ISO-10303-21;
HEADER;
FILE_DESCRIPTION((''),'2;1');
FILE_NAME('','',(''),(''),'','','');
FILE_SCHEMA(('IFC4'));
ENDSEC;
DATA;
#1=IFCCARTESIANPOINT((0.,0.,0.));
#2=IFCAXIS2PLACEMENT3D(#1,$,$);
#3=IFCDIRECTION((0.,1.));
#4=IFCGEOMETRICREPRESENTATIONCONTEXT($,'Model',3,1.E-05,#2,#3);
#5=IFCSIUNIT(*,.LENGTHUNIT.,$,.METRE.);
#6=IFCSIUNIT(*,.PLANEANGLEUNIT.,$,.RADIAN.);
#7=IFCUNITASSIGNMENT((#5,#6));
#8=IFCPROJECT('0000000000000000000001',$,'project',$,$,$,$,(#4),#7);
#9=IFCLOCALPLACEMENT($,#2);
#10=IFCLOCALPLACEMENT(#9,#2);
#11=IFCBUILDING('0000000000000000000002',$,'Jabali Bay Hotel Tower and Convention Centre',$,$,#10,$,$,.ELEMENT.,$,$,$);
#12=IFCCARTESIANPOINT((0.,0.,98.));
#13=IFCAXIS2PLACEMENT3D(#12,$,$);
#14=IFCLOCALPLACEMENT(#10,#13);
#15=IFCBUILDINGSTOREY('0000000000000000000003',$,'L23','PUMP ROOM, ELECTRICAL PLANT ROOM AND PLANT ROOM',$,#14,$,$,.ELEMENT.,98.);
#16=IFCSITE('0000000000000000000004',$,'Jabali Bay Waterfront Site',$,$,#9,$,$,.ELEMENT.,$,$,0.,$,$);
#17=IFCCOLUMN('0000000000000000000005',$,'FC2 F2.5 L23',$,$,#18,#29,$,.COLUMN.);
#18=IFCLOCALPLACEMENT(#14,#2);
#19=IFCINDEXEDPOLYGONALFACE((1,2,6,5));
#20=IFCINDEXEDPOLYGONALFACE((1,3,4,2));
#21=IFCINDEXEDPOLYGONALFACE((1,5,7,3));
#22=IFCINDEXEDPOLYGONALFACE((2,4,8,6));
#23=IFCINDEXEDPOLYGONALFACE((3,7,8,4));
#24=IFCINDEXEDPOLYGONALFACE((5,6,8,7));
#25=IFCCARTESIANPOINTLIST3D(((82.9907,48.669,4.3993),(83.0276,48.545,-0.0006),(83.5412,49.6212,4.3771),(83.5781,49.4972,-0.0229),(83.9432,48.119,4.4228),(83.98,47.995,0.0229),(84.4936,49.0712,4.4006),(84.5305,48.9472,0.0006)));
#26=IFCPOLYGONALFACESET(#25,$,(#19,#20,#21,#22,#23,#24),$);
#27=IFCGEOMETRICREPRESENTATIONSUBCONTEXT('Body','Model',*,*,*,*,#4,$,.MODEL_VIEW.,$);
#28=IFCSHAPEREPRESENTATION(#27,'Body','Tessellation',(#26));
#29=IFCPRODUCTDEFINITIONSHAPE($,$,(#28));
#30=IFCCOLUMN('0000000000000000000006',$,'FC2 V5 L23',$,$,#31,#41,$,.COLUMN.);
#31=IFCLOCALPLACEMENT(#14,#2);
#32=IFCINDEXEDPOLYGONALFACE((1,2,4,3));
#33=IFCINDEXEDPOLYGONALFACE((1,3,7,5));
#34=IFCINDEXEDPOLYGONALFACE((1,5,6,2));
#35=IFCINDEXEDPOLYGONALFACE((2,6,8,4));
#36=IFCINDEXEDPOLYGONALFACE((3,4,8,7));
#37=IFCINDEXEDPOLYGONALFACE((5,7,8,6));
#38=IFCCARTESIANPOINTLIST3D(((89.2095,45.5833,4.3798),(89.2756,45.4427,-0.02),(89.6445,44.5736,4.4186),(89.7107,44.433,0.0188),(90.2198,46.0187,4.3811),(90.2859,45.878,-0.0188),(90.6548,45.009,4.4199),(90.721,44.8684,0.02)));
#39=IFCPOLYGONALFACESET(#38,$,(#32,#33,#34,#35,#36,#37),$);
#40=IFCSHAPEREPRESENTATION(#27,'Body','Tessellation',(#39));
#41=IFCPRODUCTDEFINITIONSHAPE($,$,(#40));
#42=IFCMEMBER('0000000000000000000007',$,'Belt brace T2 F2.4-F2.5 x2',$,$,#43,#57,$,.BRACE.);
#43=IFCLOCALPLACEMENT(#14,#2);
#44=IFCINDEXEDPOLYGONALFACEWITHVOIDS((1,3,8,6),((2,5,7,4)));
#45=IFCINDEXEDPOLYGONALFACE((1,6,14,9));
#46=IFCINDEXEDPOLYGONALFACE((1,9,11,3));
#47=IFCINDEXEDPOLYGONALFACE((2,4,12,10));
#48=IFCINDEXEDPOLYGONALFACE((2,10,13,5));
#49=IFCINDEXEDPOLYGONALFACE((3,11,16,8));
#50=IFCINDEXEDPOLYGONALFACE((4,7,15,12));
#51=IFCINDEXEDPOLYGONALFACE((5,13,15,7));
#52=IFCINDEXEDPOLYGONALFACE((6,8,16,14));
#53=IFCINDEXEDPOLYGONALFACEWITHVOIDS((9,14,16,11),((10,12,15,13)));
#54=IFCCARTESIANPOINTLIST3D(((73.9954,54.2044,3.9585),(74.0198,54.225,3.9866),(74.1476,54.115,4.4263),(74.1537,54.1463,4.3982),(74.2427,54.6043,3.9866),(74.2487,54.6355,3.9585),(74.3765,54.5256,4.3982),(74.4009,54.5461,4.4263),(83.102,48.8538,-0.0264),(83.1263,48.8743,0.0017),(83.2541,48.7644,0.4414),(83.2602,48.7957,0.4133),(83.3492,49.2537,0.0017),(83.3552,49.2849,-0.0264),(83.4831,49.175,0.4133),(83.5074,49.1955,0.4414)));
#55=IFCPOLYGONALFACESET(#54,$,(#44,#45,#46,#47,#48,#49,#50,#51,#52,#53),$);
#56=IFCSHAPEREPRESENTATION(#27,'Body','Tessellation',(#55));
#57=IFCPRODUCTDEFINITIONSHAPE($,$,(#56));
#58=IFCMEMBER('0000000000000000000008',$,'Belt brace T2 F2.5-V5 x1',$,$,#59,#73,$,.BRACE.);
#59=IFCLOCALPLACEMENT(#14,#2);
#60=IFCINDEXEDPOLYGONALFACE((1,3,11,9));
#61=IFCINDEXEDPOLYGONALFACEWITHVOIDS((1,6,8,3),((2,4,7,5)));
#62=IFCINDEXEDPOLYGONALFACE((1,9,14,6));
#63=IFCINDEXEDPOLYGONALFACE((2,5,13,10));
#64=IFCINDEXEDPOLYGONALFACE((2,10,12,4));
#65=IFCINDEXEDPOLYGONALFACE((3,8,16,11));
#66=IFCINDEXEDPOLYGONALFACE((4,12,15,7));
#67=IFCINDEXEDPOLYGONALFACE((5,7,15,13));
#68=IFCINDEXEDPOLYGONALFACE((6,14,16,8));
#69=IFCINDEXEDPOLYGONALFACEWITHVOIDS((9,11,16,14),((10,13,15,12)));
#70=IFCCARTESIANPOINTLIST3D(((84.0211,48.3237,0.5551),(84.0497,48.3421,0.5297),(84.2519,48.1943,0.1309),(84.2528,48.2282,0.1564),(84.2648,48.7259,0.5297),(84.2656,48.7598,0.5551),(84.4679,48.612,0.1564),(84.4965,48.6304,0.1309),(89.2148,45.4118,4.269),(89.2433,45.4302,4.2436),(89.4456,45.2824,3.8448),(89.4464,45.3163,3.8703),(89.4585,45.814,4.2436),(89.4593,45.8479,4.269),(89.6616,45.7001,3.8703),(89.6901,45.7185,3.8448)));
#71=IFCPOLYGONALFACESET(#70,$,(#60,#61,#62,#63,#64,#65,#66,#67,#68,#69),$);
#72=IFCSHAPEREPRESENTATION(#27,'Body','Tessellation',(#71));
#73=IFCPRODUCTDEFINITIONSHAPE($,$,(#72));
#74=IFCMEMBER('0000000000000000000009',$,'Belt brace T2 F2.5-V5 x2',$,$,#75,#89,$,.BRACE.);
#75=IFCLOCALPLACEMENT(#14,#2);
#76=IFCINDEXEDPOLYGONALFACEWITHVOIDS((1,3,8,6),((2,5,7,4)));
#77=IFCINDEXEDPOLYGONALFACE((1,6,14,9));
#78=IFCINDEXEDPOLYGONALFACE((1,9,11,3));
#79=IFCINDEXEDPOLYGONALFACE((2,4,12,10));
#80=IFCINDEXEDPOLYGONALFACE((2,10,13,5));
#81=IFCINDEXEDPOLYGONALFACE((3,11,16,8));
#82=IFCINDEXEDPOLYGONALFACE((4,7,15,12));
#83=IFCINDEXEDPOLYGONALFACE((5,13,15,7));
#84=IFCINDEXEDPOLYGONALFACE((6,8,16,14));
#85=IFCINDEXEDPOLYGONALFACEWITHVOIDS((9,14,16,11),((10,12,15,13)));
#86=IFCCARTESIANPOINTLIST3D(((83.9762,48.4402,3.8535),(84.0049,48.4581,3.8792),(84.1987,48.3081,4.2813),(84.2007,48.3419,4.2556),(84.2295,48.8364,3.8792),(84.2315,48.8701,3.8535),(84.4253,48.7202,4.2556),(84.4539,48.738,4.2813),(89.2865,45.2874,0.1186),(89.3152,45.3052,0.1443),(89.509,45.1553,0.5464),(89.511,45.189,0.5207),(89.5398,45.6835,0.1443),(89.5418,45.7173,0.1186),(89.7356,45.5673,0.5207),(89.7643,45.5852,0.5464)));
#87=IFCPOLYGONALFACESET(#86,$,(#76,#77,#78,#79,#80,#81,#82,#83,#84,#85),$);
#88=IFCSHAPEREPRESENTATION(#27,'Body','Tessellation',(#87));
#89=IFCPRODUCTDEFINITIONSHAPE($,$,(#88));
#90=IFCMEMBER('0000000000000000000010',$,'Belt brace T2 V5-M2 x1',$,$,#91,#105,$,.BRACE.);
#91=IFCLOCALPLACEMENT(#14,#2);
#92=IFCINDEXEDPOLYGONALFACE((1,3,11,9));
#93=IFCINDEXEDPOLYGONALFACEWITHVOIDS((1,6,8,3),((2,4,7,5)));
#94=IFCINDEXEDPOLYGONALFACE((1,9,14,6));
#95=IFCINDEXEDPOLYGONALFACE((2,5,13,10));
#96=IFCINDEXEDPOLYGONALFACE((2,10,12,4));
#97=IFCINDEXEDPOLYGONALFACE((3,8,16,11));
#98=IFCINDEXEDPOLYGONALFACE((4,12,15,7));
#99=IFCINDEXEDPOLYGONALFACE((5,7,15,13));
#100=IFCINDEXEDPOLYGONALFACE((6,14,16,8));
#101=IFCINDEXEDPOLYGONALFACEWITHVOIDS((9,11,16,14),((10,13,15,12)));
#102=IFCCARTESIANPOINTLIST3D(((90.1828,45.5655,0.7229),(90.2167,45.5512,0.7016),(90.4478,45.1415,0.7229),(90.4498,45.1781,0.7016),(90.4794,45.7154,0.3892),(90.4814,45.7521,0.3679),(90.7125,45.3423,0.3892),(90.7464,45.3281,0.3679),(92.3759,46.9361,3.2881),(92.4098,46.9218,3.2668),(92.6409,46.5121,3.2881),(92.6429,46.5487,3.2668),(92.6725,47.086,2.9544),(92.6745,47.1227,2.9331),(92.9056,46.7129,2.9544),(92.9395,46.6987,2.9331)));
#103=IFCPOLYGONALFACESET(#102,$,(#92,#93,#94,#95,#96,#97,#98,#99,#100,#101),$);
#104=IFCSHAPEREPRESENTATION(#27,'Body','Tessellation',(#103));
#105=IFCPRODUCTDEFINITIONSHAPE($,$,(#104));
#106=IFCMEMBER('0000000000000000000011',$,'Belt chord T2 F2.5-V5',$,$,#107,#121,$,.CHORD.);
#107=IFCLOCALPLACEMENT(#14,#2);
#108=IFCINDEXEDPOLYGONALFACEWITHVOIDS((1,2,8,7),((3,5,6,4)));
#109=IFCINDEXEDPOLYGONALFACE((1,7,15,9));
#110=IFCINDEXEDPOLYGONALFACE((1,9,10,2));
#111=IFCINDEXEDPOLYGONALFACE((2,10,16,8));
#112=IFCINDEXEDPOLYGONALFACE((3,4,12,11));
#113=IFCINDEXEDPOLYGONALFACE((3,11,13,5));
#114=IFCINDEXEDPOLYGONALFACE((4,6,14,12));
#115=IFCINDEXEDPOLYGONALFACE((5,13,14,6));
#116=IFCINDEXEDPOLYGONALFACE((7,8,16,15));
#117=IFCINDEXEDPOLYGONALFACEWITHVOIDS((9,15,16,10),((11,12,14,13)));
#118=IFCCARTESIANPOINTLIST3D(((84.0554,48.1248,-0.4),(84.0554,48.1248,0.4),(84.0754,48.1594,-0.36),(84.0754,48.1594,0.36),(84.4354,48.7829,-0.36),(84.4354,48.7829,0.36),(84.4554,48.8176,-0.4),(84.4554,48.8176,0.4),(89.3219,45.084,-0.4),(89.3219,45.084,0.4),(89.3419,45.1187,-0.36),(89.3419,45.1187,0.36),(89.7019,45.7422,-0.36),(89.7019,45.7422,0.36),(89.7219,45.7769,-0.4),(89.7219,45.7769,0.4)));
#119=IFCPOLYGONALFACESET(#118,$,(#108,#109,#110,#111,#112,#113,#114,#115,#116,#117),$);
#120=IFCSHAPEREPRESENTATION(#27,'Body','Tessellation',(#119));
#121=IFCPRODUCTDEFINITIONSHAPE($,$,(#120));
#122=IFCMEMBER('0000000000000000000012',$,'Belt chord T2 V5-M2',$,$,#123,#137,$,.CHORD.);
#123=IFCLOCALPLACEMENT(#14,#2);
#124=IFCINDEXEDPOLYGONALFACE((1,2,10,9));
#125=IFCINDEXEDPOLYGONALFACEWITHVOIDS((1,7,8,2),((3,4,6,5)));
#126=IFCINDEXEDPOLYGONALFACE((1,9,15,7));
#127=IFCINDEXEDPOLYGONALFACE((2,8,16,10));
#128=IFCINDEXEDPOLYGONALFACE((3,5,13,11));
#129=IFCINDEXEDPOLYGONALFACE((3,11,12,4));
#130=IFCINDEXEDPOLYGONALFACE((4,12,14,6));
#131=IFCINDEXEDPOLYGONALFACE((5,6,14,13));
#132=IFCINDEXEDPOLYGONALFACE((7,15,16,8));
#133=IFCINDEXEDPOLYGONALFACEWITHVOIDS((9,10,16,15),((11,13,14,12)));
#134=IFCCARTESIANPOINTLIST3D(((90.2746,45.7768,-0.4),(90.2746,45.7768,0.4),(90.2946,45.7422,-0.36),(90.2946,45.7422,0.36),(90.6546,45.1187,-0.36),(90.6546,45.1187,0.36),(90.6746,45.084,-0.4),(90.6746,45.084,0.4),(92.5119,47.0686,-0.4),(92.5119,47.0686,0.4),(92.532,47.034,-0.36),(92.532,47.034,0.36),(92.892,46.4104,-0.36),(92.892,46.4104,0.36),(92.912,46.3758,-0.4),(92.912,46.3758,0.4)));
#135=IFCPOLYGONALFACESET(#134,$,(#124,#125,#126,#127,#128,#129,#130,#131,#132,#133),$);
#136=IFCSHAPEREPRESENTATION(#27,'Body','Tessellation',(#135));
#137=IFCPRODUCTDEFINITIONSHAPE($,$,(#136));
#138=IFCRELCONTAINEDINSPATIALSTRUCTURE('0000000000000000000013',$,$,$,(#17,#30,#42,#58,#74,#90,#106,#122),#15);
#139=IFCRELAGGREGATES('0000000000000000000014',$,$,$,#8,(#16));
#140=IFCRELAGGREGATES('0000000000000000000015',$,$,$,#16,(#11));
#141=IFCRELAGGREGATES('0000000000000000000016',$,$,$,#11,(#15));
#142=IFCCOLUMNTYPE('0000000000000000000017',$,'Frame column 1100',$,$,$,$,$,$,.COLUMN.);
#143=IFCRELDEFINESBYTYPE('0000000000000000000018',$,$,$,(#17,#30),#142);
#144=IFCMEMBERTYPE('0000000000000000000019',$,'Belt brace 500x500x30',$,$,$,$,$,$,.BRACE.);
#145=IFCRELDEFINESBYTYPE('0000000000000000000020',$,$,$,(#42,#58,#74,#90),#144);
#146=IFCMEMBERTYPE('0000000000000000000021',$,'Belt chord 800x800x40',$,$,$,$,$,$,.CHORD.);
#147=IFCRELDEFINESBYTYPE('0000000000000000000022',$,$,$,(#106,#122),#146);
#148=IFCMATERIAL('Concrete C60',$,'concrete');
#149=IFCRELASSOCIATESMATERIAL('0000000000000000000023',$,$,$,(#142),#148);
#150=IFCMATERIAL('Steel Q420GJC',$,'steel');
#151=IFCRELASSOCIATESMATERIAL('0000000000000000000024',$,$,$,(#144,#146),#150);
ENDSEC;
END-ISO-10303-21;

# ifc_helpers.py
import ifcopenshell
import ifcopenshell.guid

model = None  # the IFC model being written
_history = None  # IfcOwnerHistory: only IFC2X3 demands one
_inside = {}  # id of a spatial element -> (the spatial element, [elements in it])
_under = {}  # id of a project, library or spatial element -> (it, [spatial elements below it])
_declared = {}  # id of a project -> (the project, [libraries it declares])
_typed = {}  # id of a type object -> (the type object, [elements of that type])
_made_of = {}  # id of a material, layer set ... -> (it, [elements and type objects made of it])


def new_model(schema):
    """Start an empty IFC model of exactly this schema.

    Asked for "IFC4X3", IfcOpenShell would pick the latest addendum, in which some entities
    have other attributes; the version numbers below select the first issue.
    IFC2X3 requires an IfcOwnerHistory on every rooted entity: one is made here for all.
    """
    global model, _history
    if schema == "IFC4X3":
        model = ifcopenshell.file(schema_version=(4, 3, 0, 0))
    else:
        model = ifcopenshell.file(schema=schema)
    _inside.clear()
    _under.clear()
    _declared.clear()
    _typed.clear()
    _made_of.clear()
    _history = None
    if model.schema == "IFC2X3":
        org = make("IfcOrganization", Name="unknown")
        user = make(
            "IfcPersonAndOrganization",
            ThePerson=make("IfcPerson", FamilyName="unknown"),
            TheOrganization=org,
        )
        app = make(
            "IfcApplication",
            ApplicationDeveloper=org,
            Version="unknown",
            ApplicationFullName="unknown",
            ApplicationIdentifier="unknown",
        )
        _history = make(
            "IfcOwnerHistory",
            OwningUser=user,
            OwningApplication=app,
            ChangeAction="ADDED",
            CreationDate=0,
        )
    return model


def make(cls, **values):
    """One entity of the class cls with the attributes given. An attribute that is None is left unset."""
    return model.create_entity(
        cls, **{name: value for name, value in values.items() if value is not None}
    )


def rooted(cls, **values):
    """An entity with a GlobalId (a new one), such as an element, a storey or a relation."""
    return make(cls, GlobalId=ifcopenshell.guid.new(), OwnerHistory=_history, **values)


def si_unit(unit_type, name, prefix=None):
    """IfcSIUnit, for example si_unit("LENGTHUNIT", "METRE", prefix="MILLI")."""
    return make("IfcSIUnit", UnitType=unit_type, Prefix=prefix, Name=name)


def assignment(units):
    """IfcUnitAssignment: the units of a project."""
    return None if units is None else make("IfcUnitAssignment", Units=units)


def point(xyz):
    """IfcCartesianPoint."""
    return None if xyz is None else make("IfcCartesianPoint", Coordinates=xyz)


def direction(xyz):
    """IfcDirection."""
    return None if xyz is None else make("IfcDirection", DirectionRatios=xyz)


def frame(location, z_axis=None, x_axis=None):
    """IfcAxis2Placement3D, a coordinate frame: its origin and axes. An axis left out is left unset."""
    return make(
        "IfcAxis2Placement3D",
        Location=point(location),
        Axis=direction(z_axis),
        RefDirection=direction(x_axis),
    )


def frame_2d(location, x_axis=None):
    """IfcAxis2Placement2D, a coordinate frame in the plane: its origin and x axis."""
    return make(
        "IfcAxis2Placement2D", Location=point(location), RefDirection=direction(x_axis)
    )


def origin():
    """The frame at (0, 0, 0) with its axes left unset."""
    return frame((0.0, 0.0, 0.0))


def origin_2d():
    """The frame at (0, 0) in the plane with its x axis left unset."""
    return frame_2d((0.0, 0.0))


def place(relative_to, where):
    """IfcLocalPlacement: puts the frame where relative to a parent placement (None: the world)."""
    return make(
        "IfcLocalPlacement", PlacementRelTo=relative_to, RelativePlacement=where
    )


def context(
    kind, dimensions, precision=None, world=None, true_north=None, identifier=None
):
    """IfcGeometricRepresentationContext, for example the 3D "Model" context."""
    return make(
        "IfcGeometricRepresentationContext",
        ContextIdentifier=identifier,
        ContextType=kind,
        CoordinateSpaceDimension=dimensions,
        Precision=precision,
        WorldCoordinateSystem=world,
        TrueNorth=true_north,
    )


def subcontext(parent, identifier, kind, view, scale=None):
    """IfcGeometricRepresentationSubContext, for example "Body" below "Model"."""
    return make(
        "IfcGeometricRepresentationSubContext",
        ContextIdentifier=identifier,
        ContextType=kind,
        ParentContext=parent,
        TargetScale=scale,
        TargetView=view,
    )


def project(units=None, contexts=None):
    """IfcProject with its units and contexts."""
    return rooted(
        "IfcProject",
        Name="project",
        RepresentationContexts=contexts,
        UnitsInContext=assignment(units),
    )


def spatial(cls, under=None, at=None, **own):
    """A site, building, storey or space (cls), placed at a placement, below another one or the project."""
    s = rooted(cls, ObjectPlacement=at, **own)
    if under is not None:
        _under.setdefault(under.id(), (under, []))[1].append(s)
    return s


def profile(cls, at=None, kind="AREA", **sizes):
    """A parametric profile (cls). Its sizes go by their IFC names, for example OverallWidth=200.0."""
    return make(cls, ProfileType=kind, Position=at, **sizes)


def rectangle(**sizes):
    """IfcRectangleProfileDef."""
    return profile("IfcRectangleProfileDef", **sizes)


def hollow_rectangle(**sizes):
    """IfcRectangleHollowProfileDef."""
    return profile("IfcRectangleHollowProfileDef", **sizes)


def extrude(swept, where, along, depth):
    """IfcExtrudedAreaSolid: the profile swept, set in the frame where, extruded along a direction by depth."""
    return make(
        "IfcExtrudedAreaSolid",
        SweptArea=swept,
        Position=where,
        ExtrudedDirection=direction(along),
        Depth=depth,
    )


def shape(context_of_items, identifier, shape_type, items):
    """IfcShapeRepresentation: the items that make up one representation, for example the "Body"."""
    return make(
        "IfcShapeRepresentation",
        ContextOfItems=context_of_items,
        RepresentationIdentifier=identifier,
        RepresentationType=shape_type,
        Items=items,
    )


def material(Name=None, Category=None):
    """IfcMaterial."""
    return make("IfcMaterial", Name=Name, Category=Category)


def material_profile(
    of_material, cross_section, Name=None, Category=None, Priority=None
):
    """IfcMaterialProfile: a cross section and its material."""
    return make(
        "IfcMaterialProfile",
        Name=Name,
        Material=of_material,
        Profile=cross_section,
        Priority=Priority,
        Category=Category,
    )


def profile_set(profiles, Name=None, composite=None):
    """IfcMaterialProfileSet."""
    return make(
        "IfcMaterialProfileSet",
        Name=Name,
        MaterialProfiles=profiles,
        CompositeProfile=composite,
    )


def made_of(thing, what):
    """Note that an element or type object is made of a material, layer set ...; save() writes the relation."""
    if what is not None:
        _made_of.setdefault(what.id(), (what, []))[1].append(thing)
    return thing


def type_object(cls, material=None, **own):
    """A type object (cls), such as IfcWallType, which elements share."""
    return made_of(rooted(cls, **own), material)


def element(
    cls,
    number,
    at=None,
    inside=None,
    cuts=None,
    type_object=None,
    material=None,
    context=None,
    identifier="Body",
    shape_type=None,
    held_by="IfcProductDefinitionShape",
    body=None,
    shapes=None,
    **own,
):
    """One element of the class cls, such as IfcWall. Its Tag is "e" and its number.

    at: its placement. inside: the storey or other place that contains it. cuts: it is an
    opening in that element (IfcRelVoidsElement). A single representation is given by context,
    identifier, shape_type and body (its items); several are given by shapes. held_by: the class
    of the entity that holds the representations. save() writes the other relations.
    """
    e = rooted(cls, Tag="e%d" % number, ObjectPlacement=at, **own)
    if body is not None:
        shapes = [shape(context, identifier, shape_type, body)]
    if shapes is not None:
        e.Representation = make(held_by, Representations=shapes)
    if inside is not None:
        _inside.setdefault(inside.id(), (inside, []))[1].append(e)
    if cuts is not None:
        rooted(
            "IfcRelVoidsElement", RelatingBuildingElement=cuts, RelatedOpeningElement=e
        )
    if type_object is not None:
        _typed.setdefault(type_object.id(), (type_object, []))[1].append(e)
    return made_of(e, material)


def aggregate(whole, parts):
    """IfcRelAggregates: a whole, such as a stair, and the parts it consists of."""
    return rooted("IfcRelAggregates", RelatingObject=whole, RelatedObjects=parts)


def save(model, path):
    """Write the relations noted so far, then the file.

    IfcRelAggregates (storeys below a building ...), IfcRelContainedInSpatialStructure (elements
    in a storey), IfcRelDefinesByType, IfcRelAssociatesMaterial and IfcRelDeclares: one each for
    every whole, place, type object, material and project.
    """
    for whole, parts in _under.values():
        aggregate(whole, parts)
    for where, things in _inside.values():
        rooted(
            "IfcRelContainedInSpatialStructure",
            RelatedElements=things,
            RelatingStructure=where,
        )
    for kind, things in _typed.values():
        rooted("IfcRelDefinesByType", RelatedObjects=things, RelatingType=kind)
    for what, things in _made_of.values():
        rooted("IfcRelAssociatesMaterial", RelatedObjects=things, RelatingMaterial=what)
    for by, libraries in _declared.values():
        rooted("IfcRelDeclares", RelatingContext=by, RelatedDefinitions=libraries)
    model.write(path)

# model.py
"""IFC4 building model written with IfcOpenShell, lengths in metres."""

from ifc_helpers import new_model, si_unit, direction, frame, origin, origin_2d, place, context, subcontext, project, spatial, rectangle, hollow_rectangle, extrude, material, material_profile, profile_set, type_object, element, save


model = new_model("IFC4")

# Units and contexts
model_context = context("Model", 3, precision=1e-05, world=origin(), true_north=direction((0.0, 1.0)))
body_context = subcontext(model_context, "Body", "Model", "MODEL_VIEW")
ifc_project = project(units=[si_unit("LENGTHUNIT", "METRE"), si_unit("PLANEANGLEUNIT", "RADIAN")], contexts=[model_context])

# Site, building, storey
site_placement = place(None, origin())
site = spatial("IfcSite", under=ifc_project, at=site_placement, Name="Jabali Bay Waterfront Site", CompositionType="ELEMENT", RefElevation=0.0)
building_placement = place(site_placement, origin())
building = spatial("IfcBuilding", under=site, at=building_placement, Name="Jabali Bay Hotel Tower and Convention Centre", CompositionType="ELEMENT")
storey_placement = place(building_placement, frame((0.0, 0.0, 98.0)))
storey = spatial("IfcBuildingStorey", under=building, at=storey_placement, Name="L23", Description="PUMP ROOM, ELECTRICAL PLANT ROOM AND PLANT ROOM", CompositionType="ELEMENT", Elevation=98.0)

# Columns
ifc_material_1 = material(Name="Concrete C60", Category="concrete")
ifc_material_profile_1 = material_profile(ifc_material_1, rectangle(XDim=1.1001, YDim=1.1001, at=origin_2d()), Name="Frame column 1100")
ifc_profile_set_1 = profile_set([ifc_material_profile_1], Name="Concrete C60")
column_type = type_object("IfcColumnType", Name="Frame column 1100", PredefinedType="COLUMN", material=ifc_profile_set_1)
column_1_placement = place(storey_placement, frame((83.7791, 48.7461, 0.0), z_axis=(-0.008375, 0.028176, 0.999568), x_axis=(-0.500379, -0.865571, 0.020206)))
element("IfcColumn", 1, at=column_1_placement, inside=storey, type_object=column_type, Name="FC2 F2.5 L23", PredefinedType="COLUMN", context=body_context, shape_type="SweptSolid", body=[
    extrude(rectangle(XDim=1.1001, YDim=1.1001, at=origin_2d()), origin(), (0.0, 0.0, 1.0), 4.4019),
])
column_2_placement = place(storey_placement, frame((89.9983, 45.1555, 0.0), z_axis=(-0.015028, 0.031941, 0.999377), x_axis=(0.395452, -0.917809, 0.035281)))
element("IfcColumn", 2, at=column_2_placement, inside=storey, type_object=column_type, Name="FC2 V5 L23", PredefinedType="COLUMN", context=body_context, shape_type="SweptSolid", body=[
    extrude(rectangle(XDim=1.1001, YDim=1.1001, at=origin_2d()), origin(), (0.0, 0.0, 1.0), 4.4026),
])

# Members
ifc_material_2 = material(Name="Steel Q420GJC", Category="steel")
ifc_material_profile_2 = material_profile(ifc_material_2, hollow_rectangle(XDim=0.5, YDim=0.5, WallThickness=0.03, at=origin_2d()), Name="Belt brace 500x500x30")
ifc_profile_set_2 = profile_set([ifc_material_profile_2], Name="Steel Q420GJC")
member_type_1 = type_object("IfcMemberType", Name="Belt brace 500x500x30", PredefinedType="BRACE", material=ifc_profile_set_2)
member_1_placement = place(storey_placement, frame((83.3047, 49.0247, 0.2075), z_axis=(-0.806685, 0.473976, 0.352995), x_axis=(-0.506588, -0.862188, 0.0)))
element("IfcMember", 3, at=member_1_placement, inside=storey, type_object=member_type_1, Name="Belt brace T2 F2.4-F2.5 x2", PredefinedType="BRACE", context=body_context, shape_type="SweptSolid", body=[
    extrude(hollow_rectangle(XDim=0.5, YDim=0.5, WallThickness=0.03, at=origin_2d()), origin(), (0.0, 0.0, 1.0), 11.2888),
])
member_2_placement = place(storey_placement, frame((84.2588, 48.4771, 0.343), z_axis=(0.740093, -0.414943, 0.529229), x_axis=(0.489044, 0.872259, 0.0)))
element("IfcMember", 4, at=member_2_placement, inside=storey, type_object=member_type_1, Name="Belt brace T2 F2.5-V5 x1", PredefinedType="BRACE", context=body_context, shape_type="SweptSolid", body=[
    extrude(hollow_rectangle(XDim=0.5, YDim=0.5, WallThickness=0.03, at=origin_2d()), origin(), (0.0, 0.0, 1.0), 7.0176),
])
member_3_placement = place(storey_placement, frame((89.5254, 45.4363, 0.3325), z_axis=(-0.735778, 0.436846, 0.51749), x_axis=(-0.51052, -0.859866, 0.0)))
element("IfcMember", 5, at=member_3_placement, inside=storey, type_object=member_type_1, Name="Belt brace T2 F2.5-V5 x2", PredefinedType="BRACE", context=body_context, shape_type="SweptSolid", body=[
    extrude(hollow_rectangle(XDim=0.5, YDim=0.5, WallThickness=0.03, at=origin_2d()), origin(), (0.0, 0.0, 1.0), 7.2173),
])
member_4_placement = place(storey_placement, frame((90.4646, 45.4468, 0.5454), z_axis=(0.602075, 0.376272, 0.704219), x_axis=(-0.529973, 0.848014, 0.0)))
element("IfcMember", 6, at=member_4_placement, inside=storey, type_object=member_type_1, Name="Belt brace T2 V5-M2 x1", PredefinedType="BRACE", context=body_context, shape_type="SweptSolid", body=[
    extrude(hollow_rectangle(XDim=0.5, YDim=0.5, WallThickness=0.03, at=origin_2d()), origin(), (0.0, 0.0, 1.0), 3.6426),
])
ifc_material_profile_3 = material_profile(ifc_material_2, hollow_rectangle(XDim=0.8, YDim=0.8, WallThickness=0.04, at=origin_2d()), Name="Belt chord 800x800x40")
ifc_profile_set_3 = profile_set([ifc_material_profile_3], Name="Steel Q420GJC")
member_type_2 = type_object("IfcMemberType", Name="Belt chord 800x800x40", PredefinedType="CHORD", material=ifc_profile_set_3)
member_5_placement = place(storey_placement, frame((84.2554, 48.4712, 0.0), z_axis=(0.866018, -0.500012, 0.0), x_axis=(0.500012, 0.866018, 0.0)))
element("IfcMember", 7, at=member_5_placement, inside=storey, type_object=member_type_2, Name="Belt chord T2 F2.5-V5", PredefinedType="CHORD", context=body_context, shape_type="SweptSolid", body=[
    extrude(hollow_rectangle(XDim=0.8, YDim=0.8, WallThickness=0.04, at=origin_2d()), origin(), (0.0, 0.0, 1.0), 6.0813),
])
member_6_placement = place(storey_placement, frame((90.4746, 45.4304, 0.0), z_axis=(0.866019, 0.500011, 0.0), x_axis=(-0.500011, 0.866019, 0.0)))
element("IfcMember", 8, at=member_6_placement, inside=storey, type_object=member_type_2, Name="Belt chord T2 V5-M2", PredefinedType="CHORD", context=body_context, shape_type="SweptSolid", body=[
    extrude(hollow_rectangle(XDim=0.8, YDim=0.8, WallThickness=0.04, at=origin_2d()), origin(), (0.0, 0.0, 1.0), 2.5835),
])

save(model, "model.ifc")
